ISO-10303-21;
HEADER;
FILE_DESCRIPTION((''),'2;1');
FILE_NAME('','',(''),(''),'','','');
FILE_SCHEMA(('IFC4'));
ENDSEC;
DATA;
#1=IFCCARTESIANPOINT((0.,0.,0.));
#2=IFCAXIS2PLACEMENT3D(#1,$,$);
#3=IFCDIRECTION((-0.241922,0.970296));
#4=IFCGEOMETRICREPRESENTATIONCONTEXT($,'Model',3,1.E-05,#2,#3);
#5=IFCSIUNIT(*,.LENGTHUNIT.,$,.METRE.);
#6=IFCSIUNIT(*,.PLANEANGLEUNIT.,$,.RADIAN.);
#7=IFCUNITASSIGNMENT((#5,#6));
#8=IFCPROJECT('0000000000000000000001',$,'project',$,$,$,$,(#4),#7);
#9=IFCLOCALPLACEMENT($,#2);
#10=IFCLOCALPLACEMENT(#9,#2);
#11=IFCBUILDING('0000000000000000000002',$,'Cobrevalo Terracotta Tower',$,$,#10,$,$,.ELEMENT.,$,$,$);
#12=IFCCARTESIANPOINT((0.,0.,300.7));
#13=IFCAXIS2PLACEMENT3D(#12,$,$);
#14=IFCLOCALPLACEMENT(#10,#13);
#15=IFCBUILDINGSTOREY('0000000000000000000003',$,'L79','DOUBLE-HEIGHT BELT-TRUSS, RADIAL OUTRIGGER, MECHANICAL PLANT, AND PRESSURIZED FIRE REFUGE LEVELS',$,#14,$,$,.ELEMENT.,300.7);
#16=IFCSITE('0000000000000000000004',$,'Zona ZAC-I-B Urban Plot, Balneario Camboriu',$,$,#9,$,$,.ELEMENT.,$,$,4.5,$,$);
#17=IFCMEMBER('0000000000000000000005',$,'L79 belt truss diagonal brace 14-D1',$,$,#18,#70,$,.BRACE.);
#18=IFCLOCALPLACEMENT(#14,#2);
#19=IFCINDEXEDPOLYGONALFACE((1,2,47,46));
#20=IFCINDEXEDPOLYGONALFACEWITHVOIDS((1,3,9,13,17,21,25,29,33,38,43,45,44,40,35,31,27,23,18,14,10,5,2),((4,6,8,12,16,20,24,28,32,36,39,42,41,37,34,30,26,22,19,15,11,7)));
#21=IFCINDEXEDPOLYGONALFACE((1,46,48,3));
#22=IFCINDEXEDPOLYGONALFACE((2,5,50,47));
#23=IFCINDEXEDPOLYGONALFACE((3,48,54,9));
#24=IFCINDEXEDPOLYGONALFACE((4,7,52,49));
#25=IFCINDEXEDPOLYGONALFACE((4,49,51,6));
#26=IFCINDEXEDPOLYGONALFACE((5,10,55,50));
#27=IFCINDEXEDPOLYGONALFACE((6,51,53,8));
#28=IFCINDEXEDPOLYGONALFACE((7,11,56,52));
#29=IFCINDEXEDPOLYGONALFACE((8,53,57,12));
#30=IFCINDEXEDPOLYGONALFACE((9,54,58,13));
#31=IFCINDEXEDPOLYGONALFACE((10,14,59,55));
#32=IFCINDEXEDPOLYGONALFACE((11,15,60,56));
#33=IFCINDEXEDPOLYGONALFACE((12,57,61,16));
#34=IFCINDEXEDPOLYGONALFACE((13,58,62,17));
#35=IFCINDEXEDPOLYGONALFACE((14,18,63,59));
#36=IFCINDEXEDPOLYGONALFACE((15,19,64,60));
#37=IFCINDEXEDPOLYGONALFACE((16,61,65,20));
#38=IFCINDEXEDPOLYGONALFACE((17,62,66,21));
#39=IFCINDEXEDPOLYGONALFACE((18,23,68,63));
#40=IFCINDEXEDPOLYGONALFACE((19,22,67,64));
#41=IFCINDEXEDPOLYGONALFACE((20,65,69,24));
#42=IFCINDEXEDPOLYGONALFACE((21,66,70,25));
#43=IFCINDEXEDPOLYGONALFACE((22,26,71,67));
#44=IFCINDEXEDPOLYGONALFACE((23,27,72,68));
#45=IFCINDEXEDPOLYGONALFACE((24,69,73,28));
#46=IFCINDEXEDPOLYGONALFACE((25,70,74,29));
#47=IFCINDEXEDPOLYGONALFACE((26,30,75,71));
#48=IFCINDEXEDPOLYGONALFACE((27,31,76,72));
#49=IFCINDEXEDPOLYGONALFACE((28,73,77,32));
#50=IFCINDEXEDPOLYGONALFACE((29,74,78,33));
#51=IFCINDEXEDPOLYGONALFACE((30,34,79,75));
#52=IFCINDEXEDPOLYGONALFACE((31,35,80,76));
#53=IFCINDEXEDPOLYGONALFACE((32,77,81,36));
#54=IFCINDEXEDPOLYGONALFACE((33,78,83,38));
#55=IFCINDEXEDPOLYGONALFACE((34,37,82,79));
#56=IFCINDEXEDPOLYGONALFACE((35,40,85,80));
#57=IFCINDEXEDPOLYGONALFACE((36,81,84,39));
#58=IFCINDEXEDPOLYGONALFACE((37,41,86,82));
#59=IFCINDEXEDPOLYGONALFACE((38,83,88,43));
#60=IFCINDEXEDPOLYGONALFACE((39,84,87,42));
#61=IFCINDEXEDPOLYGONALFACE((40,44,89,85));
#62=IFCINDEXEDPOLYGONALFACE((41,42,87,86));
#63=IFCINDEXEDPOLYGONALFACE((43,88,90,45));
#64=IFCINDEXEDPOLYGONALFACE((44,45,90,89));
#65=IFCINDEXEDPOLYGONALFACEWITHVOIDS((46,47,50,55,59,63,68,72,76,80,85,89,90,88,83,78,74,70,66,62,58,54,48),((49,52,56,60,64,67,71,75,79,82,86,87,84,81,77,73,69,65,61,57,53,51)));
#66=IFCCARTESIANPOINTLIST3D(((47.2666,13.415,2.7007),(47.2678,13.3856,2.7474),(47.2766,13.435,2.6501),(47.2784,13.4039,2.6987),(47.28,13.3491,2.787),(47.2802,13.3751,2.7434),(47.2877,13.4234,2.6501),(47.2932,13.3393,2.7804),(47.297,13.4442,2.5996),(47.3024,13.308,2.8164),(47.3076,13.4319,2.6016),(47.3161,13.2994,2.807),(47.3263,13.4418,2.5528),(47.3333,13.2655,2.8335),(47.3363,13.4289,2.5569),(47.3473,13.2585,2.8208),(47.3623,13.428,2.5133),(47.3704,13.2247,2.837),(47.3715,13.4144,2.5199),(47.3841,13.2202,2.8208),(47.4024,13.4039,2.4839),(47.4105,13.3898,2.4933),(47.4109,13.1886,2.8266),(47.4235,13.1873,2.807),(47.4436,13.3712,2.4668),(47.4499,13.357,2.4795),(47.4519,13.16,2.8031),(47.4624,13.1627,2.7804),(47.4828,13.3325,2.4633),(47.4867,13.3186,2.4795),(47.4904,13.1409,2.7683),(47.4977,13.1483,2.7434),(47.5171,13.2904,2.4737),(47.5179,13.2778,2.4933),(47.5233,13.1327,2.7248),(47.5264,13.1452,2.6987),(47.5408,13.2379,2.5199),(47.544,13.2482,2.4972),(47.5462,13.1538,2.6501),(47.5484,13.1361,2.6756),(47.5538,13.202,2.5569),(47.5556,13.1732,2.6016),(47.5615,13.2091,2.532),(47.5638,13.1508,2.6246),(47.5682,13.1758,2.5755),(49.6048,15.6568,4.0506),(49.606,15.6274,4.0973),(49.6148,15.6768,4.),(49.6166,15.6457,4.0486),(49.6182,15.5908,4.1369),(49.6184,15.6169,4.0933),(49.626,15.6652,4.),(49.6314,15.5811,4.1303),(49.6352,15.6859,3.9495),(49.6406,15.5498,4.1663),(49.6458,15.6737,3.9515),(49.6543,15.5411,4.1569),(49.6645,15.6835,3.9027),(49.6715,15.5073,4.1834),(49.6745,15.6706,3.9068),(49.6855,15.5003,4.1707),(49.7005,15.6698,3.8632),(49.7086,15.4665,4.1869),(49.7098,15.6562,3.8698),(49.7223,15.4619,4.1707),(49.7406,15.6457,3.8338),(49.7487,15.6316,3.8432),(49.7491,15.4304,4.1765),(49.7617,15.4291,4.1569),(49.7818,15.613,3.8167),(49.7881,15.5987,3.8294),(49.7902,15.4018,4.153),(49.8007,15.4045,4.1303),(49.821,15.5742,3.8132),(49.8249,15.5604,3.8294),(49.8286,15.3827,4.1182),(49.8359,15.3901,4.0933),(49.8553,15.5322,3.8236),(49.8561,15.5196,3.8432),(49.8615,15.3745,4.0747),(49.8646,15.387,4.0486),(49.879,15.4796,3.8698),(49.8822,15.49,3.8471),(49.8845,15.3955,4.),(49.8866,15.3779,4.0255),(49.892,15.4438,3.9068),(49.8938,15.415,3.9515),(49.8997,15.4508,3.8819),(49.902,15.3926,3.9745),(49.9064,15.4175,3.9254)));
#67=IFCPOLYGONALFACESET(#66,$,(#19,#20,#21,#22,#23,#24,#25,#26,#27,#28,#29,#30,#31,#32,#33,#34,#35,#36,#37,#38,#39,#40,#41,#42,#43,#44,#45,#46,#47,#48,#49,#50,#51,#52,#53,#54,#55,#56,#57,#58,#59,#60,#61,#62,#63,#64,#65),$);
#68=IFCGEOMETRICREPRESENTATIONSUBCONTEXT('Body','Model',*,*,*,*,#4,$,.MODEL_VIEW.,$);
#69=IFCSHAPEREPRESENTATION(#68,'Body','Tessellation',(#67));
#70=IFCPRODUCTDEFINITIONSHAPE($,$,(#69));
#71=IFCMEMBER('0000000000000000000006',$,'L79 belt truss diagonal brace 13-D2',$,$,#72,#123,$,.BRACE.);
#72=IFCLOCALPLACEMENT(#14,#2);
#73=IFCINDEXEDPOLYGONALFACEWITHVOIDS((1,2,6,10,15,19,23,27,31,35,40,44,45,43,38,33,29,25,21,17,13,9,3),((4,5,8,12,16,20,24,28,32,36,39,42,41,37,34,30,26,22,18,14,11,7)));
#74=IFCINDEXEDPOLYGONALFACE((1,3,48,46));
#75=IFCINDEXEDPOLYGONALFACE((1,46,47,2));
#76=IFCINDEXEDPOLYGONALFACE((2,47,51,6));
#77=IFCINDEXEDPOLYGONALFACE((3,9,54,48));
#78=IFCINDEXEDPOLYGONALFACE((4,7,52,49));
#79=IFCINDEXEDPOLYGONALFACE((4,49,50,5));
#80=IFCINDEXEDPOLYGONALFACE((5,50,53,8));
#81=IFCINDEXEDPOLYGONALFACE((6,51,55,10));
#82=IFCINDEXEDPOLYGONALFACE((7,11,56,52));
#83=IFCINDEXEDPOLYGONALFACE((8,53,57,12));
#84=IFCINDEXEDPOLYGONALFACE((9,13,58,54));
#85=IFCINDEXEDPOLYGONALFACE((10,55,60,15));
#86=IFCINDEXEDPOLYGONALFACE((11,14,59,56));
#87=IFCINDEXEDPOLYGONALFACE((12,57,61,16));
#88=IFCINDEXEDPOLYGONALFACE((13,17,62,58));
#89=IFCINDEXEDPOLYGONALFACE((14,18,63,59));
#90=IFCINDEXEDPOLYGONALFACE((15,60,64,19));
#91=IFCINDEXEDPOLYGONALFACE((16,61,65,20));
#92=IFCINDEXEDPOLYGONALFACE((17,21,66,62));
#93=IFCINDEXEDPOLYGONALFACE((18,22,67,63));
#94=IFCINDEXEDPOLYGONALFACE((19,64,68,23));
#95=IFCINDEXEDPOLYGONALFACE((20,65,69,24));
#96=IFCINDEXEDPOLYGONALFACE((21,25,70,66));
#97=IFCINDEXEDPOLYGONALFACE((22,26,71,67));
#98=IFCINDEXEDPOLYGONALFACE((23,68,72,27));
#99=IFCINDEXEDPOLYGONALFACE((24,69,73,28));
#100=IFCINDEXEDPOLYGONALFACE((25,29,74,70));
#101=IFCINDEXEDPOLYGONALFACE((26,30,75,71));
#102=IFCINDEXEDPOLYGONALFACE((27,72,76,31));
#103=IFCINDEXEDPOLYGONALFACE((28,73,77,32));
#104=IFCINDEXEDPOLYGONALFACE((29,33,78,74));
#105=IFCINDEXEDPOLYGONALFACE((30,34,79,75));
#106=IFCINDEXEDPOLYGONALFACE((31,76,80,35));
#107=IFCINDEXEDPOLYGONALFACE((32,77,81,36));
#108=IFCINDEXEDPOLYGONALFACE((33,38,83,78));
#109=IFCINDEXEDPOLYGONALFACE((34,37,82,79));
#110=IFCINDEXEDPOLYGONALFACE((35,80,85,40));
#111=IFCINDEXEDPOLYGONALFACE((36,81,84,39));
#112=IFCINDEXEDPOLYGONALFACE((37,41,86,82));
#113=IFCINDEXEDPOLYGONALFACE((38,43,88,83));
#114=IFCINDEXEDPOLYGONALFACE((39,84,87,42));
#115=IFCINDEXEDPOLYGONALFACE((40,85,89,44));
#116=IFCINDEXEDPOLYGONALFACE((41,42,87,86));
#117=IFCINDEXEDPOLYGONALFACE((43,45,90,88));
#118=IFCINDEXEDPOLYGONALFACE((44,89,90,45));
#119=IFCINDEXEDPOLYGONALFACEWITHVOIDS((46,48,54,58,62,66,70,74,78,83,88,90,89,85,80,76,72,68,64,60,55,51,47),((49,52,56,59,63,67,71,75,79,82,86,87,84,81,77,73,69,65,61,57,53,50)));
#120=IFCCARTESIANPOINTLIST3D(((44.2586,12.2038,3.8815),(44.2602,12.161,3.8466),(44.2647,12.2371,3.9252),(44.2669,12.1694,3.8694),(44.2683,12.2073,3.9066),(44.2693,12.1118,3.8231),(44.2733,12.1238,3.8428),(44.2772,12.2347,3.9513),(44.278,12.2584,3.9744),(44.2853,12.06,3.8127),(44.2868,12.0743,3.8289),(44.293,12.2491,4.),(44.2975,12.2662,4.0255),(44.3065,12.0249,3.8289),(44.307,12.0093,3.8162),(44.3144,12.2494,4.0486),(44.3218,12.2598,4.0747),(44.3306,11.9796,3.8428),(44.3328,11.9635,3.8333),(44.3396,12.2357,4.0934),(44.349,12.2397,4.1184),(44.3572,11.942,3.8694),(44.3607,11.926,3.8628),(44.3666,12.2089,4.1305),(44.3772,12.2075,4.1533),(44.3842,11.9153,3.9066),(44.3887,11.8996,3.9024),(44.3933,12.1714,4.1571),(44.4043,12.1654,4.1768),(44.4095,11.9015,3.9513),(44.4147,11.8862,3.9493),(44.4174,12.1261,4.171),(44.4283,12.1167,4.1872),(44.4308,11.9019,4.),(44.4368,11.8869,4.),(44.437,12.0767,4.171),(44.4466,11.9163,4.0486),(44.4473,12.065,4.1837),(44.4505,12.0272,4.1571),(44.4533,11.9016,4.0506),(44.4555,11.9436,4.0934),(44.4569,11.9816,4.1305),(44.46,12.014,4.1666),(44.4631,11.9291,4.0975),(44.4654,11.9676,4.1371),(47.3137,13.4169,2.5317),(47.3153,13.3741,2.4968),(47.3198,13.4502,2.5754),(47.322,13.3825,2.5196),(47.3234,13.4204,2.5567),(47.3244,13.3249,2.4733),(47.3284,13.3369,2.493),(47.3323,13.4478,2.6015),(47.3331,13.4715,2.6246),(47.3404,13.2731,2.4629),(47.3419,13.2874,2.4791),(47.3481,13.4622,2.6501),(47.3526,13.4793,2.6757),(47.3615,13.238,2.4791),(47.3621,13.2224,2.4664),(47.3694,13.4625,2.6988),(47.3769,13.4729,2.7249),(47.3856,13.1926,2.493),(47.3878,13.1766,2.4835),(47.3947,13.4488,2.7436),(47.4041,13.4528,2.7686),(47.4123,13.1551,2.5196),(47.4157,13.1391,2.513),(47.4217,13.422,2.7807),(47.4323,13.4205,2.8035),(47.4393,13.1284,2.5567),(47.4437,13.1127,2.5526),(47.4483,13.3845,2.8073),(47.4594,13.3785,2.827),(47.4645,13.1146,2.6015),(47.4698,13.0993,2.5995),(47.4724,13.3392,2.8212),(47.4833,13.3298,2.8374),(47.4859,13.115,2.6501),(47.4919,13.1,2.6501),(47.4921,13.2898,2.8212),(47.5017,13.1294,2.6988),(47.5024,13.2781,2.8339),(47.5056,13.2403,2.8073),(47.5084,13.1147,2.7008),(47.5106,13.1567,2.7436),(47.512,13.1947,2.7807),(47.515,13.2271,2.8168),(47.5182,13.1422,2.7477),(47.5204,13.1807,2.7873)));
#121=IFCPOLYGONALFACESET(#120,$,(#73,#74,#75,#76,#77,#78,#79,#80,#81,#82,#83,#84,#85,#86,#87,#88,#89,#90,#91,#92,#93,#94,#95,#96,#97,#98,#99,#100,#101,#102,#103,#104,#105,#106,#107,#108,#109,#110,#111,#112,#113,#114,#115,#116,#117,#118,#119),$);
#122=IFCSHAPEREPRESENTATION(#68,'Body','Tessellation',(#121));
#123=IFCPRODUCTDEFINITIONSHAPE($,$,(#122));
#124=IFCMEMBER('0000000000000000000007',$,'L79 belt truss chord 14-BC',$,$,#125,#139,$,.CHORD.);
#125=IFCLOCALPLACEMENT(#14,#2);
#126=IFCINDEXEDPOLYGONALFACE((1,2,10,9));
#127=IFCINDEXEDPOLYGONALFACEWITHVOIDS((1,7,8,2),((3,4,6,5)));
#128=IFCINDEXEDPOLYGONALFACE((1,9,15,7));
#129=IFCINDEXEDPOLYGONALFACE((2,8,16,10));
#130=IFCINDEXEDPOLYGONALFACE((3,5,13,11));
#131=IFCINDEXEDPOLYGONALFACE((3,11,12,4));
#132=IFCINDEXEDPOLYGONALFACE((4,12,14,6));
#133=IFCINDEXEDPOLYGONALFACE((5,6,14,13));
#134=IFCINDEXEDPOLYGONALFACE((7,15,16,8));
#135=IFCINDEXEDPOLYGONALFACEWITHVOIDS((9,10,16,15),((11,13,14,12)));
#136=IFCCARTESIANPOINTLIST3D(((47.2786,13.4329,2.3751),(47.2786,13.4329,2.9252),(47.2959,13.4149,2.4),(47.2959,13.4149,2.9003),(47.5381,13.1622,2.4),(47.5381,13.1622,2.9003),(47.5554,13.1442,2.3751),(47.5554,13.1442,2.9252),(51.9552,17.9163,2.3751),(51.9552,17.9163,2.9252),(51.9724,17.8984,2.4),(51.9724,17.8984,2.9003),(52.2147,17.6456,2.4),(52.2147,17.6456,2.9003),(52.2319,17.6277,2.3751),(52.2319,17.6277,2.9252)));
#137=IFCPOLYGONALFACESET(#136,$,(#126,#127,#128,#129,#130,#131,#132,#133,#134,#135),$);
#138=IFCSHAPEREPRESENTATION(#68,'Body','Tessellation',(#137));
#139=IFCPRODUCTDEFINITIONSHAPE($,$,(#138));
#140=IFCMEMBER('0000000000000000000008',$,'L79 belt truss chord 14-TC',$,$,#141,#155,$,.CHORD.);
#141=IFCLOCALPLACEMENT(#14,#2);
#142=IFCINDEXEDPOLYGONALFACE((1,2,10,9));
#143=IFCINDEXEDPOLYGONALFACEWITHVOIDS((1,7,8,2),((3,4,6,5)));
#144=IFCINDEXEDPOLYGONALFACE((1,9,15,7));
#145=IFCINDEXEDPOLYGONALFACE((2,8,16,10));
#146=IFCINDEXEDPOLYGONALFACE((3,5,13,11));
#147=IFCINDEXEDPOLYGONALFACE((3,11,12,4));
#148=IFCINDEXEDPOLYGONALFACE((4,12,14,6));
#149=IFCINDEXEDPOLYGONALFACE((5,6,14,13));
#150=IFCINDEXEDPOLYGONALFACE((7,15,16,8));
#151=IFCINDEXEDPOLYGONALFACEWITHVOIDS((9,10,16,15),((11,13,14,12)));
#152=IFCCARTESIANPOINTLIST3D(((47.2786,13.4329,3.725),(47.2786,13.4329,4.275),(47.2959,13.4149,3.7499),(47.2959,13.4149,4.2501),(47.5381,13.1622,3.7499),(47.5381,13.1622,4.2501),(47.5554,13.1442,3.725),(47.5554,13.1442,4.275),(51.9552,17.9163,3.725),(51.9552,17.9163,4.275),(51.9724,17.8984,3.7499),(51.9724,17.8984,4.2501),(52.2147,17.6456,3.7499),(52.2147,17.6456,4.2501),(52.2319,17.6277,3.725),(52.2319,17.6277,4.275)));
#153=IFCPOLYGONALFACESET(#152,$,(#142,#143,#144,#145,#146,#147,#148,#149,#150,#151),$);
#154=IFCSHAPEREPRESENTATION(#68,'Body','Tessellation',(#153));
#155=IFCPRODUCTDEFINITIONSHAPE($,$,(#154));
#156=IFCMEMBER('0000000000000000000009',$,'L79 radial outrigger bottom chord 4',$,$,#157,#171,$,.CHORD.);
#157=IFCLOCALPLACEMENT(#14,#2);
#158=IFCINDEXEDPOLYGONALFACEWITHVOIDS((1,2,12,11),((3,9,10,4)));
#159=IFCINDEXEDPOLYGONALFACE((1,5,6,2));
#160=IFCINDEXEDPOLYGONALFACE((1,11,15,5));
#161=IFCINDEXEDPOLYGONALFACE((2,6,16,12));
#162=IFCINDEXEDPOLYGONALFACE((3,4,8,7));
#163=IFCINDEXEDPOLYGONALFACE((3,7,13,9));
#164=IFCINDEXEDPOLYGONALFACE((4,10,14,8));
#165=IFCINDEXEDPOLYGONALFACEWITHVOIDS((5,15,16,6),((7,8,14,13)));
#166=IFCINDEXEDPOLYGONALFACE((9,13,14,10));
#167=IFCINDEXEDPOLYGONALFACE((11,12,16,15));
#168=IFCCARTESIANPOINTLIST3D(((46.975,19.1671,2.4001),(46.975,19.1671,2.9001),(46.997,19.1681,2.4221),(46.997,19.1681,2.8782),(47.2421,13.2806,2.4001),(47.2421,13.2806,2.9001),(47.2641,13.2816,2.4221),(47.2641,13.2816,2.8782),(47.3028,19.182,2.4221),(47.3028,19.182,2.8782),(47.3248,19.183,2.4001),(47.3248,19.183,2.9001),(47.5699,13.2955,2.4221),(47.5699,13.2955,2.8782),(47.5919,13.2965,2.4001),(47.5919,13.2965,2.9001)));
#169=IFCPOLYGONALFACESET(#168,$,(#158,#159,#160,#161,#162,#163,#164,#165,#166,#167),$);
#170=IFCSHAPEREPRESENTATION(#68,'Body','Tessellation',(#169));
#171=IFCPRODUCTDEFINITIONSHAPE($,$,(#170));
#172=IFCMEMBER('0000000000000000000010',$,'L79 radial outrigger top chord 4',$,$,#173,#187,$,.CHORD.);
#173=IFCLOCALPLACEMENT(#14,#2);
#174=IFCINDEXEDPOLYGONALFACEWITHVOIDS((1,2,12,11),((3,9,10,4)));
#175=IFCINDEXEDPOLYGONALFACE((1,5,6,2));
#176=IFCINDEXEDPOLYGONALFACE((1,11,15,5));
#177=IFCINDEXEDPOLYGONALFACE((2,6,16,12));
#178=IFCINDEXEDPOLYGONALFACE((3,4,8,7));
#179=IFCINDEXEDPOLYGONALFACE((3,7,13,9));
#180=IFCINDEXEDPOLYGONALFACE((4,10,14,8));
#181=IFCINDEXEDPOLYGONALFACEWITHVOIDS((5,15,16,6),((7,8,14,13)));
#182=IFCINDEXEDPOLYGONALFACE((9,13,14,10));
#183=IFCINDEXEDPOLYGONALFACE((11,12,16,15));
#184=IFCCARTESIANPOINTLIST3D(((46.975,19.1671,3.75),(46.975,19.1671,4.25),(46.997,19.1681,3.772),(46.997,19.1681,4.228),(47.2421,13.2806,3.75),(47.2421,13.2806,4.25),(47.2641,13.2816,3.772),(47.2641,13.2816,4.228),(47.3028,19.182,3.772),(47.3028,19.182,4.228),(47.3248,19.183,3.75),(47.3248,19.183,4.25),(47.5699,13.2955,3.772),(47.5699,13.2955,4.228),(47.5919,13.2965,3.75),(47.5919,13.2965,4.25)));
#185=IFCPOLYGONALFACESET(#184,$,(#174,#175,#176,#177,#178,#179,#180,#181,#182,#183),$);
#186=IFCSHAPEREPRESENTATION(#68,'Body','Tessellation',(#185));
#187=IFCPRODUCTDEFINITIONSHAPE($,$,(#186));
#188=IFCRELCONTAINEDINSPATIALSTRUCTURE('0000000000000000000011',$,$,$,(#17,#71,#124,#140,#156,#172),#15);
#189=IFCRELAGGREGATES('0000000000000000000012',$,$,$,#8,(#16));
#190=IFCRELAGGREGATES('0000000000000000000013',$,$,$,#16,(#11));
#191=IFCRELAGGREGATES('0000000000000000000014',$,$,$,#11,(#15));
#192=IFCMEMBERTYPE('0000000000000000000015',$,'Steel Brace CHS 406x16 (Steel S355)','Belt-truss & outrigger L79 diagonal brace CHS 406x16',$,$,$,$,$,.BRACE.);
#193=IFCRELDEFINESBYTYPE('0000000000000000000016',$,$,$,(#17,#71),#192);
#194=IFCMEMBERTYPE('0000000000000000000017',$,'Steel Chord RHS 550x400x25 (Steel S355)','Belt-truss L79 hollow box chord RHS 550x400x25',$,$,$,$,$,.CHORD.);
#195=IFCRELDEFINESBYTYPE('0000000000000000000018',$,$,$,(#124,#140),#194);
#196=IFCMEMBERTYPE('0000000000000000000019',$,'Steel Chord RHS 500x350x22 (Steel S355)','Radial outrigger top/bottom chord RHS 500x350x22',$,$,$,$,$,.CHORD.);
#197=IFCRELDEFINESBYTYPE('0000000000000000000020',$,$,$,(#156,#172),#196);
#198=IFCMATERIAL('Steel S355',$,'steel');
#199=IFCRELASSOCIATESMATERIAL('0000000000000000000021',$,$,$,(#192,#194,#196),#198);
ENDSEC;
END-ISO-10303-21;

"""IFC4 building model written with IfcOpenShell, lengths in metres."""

from ifc_helpers import new_model, si_unit, direction, frame, origin, origin_2d, place, context, subcontext, project, spatial, hollow_rectangle, hollow_circle, extrude, source, transform, mapped, material, material_profile, profile_set, type_object, element, save


model = new_model("IFC4")

# Units and contexts
model_context = context("Model", 3, precision=1e-05, world=origin(), true_north=direction((-0.241922, 0.970296)))
body_context = subcontext(model_context, "Body", "Model", "MODEL_VIEW")
ifc_project = project(units=[si_unit("LENGTHUNIT", "METRE"), si_unit("PLANEANGLEUNIT", "RADIAN")], contexts=[model_context])

# Site, building, storey
site_placement = place(None, origin())
site = spatial("IfcSite", under=ifc_project, at=site_placement, Name="Zona ZAC-I-B Urban Plot, Balneario Camboriu", CompositionType="ELEMENT", RefElevation=4.5)
building_placement = place(site_placement, origin())
building = spatial("IfcBuilding", under=site, at=building_placement, Name="Cobrevalo Terracotta Tower", CompositionType="ELEMENT")
storey_placement = place(building_placement, frame((0.0, 0.0, 300.7)))
storey = spatial("IfcBuildingStorey", under=building, at=storey_placement, Name="L79", Description="DOUBLE-HEIGHT BELT-TRUSS, RADIAL OUTRIGGER, MECHANICAL PLANT, AND PRESSURIZED FIRE REFUGE LEVELS", CompositionType="ELEMENT", Elevation=300.7)

# Shared definitions
ifc_material_1 = material(Name="Steel S355", Category="steel")

# Members
ifc_material_profile_1 = material_profile(ifc_material_1, hollow_circle(Radius=0.2029, WallThickness=0.0161, at=origin_2d()), Name="CHS 406x16")
ifc_profile_set_1 = profile_set([ifc_material_profile_1], Name="Steel S355")
member_type_1 = type_object("IfcMemberType", Name="Steel Brace CHS 406x16 (Steel S355)", Description="Belt-truss & outrigger L79 diagonal brace CHS 406x16", PredefinedType="BRACE", material=ifc_profile_set_1)
shared_shape_1 = source(origin(), body_context, "Body", "SweptSolid", [
    extrude(hollow_circle(Radius=0.2029, WallThickness=0.0161, at=origin_2d()), origin(), (0.0, 0.0, 1.0), 3.5093),
])
member_1_placement = place(storey_placement, frame((47.417, 13.2886, 2.6501), z_axis=(0.666295, 0.638814, 0.384666), x_axis=(-0.692064, 0.721836, 0.0)))
element("IfcMember", 1, at=member_1_placement, inside=storey, type_object=member_type_1, Name="L79 belt truss diagonal brace 14-D1", PredefinedType="BRACE", context=body_context, shape_type="MappedRepresentation", body=[
    mapped(shared_shape_1, transform((0.0, 0.0, 0.0), scale=1.0)),
])
shared_shape_2 = source(origin(), body_context, "Body", "SweptSolid", [
    extrude(hollow_circle(Radius=0.2029, WallThickness=0.0161, at=origin_2d()), origin(), (0.0, 0.0, 1.0), 3.5535),
])
member_2_placement = place(storey_placement, frame((47.417, 13.2886, 2.6501), z_axis=(-0.859747, -0.341384, 0.379858), x_axis=(0.369046, -0.929411, 0.0)))
element("IfcMember", 2, at=member_2_placement, inside=storey, type_object=member_type_1, Name="L79 belt truss diagonal brace 13-D2", PredefinedType="BRACE", context=body_context, shape_type="MappedRepresentation", body=[
    mapped(shared_shape_2, transform((0.0, 0.0, 0.0), scale=1.0)),
])
ifc_material_profile_2 = material_profile(ifc_material_1, hollow_rectangle(XDim=0.3999, YDim=0.55, WallThickness=0.0249, at=origin_2d()), Name="RHS 550x400x25")
ifc_profile_set_2 = profile_set([ifc_material_profile_2], Name="Steel S355")
member_type_2 = type_object("IfcMemberType", Name="Steel Chord RHS 550x400x25 (Steel S355)", Description="Belt-truss L79 hollow box chord RHS 550x400x25", PredefinedType="CHORD", material=ifc_profile_set_2)
shared_shape_3 = source(origin(), body_context, "Body", "SweptSolid", [
    extrude(hollow_rectangle(XDim=0.3999, YDim=0.55, WallThickness=0.0249, at=origin_2d()), origin(), (0.0, 0.0, 1.0), 6.4785),
])
for number, where, z_axis, x_axis, name in (
    (3, (47.417, 13.2886, 2.6501), (0.721854, 0.692045, 0.0), (-0.692045, 0.721854, 0.0), "L79 belt truss chord 14-BC"),
    (4, (47.417, 13.2886, 4.0), (0.721854, 0.692045, 0.0), (-0.692045, 0.721854, 0.0), "L79 belt truss chord 14-TC"),
):
    element("IfcMember", number, at=place(storey_placement, frame(where, z_axis=z_axis, x_axis=x_axis)), inside=storey, type_object=member_type_2, Name=name, PredefinedType="CHORD", context=body_context, shape_type="MappedRepresentation", body=[
        mapped(shared_shape_3, transform((0.0, 0.0, 0.0), scale=1.0)),
    ])
ifc_material_profile_3 = material_profile(ifc_material_1, hollow_rectangle(XDim=0.3501, YDim=0.5, WallThickness=0.022, at=origin_2d()), Name="RHS 500x350x22")
ifc_profile_set_3 = profile_set([ifc_material_profile_3], Name="Steel S355")
member_type_3 = type_object("IfcMemberType", Name="Steel Chord RHS 500x350x22 (Steel S355)", Description="Radial outrigger top/bottom chord RHS 500x350x22", PredefinedType="CHORD", material=ifc_profile_set_3)
shared_shape_4 = source(origin(), body_context, "Body", "SweptSolid", [
    extrude(hollow_rectangle(XDim=0.3501, YDim=0.5, WallThickness=0.022, at=origin_2d()), origin(), (0.0, 0.0, 1.0), 5.8926),
])
for number, where, z_axis, x_axis, name in (
    (5, (47.1499, 19.175, 2.6501), (0.045327, -0.998972, 0.0), (0.998972, 0.045327, 0.0), "L79 radial outrigger bottom chord 4"),
    (6, (47.1499, 19.175, 4.0), (0.045327, -0.998972, 0.0), (0.998972, 0.045327, 0.0), "L79 radial outrigger top chord 4"),
):
    element("IfcMember", number, at=place(storey_placement, frame(where, z_axis=z_axis, x_axis=x_axis)), inside=storey, type_object=member_type_3, Name=name, PredefinedType="CHORD", context=body_context, shape_type="MappedRepresentation", body=[
        mapped(shared_shape_4, transform((0.0, 0.0, 0.0), scale=1.0)),
    ])

save(model, "model.ifc")
